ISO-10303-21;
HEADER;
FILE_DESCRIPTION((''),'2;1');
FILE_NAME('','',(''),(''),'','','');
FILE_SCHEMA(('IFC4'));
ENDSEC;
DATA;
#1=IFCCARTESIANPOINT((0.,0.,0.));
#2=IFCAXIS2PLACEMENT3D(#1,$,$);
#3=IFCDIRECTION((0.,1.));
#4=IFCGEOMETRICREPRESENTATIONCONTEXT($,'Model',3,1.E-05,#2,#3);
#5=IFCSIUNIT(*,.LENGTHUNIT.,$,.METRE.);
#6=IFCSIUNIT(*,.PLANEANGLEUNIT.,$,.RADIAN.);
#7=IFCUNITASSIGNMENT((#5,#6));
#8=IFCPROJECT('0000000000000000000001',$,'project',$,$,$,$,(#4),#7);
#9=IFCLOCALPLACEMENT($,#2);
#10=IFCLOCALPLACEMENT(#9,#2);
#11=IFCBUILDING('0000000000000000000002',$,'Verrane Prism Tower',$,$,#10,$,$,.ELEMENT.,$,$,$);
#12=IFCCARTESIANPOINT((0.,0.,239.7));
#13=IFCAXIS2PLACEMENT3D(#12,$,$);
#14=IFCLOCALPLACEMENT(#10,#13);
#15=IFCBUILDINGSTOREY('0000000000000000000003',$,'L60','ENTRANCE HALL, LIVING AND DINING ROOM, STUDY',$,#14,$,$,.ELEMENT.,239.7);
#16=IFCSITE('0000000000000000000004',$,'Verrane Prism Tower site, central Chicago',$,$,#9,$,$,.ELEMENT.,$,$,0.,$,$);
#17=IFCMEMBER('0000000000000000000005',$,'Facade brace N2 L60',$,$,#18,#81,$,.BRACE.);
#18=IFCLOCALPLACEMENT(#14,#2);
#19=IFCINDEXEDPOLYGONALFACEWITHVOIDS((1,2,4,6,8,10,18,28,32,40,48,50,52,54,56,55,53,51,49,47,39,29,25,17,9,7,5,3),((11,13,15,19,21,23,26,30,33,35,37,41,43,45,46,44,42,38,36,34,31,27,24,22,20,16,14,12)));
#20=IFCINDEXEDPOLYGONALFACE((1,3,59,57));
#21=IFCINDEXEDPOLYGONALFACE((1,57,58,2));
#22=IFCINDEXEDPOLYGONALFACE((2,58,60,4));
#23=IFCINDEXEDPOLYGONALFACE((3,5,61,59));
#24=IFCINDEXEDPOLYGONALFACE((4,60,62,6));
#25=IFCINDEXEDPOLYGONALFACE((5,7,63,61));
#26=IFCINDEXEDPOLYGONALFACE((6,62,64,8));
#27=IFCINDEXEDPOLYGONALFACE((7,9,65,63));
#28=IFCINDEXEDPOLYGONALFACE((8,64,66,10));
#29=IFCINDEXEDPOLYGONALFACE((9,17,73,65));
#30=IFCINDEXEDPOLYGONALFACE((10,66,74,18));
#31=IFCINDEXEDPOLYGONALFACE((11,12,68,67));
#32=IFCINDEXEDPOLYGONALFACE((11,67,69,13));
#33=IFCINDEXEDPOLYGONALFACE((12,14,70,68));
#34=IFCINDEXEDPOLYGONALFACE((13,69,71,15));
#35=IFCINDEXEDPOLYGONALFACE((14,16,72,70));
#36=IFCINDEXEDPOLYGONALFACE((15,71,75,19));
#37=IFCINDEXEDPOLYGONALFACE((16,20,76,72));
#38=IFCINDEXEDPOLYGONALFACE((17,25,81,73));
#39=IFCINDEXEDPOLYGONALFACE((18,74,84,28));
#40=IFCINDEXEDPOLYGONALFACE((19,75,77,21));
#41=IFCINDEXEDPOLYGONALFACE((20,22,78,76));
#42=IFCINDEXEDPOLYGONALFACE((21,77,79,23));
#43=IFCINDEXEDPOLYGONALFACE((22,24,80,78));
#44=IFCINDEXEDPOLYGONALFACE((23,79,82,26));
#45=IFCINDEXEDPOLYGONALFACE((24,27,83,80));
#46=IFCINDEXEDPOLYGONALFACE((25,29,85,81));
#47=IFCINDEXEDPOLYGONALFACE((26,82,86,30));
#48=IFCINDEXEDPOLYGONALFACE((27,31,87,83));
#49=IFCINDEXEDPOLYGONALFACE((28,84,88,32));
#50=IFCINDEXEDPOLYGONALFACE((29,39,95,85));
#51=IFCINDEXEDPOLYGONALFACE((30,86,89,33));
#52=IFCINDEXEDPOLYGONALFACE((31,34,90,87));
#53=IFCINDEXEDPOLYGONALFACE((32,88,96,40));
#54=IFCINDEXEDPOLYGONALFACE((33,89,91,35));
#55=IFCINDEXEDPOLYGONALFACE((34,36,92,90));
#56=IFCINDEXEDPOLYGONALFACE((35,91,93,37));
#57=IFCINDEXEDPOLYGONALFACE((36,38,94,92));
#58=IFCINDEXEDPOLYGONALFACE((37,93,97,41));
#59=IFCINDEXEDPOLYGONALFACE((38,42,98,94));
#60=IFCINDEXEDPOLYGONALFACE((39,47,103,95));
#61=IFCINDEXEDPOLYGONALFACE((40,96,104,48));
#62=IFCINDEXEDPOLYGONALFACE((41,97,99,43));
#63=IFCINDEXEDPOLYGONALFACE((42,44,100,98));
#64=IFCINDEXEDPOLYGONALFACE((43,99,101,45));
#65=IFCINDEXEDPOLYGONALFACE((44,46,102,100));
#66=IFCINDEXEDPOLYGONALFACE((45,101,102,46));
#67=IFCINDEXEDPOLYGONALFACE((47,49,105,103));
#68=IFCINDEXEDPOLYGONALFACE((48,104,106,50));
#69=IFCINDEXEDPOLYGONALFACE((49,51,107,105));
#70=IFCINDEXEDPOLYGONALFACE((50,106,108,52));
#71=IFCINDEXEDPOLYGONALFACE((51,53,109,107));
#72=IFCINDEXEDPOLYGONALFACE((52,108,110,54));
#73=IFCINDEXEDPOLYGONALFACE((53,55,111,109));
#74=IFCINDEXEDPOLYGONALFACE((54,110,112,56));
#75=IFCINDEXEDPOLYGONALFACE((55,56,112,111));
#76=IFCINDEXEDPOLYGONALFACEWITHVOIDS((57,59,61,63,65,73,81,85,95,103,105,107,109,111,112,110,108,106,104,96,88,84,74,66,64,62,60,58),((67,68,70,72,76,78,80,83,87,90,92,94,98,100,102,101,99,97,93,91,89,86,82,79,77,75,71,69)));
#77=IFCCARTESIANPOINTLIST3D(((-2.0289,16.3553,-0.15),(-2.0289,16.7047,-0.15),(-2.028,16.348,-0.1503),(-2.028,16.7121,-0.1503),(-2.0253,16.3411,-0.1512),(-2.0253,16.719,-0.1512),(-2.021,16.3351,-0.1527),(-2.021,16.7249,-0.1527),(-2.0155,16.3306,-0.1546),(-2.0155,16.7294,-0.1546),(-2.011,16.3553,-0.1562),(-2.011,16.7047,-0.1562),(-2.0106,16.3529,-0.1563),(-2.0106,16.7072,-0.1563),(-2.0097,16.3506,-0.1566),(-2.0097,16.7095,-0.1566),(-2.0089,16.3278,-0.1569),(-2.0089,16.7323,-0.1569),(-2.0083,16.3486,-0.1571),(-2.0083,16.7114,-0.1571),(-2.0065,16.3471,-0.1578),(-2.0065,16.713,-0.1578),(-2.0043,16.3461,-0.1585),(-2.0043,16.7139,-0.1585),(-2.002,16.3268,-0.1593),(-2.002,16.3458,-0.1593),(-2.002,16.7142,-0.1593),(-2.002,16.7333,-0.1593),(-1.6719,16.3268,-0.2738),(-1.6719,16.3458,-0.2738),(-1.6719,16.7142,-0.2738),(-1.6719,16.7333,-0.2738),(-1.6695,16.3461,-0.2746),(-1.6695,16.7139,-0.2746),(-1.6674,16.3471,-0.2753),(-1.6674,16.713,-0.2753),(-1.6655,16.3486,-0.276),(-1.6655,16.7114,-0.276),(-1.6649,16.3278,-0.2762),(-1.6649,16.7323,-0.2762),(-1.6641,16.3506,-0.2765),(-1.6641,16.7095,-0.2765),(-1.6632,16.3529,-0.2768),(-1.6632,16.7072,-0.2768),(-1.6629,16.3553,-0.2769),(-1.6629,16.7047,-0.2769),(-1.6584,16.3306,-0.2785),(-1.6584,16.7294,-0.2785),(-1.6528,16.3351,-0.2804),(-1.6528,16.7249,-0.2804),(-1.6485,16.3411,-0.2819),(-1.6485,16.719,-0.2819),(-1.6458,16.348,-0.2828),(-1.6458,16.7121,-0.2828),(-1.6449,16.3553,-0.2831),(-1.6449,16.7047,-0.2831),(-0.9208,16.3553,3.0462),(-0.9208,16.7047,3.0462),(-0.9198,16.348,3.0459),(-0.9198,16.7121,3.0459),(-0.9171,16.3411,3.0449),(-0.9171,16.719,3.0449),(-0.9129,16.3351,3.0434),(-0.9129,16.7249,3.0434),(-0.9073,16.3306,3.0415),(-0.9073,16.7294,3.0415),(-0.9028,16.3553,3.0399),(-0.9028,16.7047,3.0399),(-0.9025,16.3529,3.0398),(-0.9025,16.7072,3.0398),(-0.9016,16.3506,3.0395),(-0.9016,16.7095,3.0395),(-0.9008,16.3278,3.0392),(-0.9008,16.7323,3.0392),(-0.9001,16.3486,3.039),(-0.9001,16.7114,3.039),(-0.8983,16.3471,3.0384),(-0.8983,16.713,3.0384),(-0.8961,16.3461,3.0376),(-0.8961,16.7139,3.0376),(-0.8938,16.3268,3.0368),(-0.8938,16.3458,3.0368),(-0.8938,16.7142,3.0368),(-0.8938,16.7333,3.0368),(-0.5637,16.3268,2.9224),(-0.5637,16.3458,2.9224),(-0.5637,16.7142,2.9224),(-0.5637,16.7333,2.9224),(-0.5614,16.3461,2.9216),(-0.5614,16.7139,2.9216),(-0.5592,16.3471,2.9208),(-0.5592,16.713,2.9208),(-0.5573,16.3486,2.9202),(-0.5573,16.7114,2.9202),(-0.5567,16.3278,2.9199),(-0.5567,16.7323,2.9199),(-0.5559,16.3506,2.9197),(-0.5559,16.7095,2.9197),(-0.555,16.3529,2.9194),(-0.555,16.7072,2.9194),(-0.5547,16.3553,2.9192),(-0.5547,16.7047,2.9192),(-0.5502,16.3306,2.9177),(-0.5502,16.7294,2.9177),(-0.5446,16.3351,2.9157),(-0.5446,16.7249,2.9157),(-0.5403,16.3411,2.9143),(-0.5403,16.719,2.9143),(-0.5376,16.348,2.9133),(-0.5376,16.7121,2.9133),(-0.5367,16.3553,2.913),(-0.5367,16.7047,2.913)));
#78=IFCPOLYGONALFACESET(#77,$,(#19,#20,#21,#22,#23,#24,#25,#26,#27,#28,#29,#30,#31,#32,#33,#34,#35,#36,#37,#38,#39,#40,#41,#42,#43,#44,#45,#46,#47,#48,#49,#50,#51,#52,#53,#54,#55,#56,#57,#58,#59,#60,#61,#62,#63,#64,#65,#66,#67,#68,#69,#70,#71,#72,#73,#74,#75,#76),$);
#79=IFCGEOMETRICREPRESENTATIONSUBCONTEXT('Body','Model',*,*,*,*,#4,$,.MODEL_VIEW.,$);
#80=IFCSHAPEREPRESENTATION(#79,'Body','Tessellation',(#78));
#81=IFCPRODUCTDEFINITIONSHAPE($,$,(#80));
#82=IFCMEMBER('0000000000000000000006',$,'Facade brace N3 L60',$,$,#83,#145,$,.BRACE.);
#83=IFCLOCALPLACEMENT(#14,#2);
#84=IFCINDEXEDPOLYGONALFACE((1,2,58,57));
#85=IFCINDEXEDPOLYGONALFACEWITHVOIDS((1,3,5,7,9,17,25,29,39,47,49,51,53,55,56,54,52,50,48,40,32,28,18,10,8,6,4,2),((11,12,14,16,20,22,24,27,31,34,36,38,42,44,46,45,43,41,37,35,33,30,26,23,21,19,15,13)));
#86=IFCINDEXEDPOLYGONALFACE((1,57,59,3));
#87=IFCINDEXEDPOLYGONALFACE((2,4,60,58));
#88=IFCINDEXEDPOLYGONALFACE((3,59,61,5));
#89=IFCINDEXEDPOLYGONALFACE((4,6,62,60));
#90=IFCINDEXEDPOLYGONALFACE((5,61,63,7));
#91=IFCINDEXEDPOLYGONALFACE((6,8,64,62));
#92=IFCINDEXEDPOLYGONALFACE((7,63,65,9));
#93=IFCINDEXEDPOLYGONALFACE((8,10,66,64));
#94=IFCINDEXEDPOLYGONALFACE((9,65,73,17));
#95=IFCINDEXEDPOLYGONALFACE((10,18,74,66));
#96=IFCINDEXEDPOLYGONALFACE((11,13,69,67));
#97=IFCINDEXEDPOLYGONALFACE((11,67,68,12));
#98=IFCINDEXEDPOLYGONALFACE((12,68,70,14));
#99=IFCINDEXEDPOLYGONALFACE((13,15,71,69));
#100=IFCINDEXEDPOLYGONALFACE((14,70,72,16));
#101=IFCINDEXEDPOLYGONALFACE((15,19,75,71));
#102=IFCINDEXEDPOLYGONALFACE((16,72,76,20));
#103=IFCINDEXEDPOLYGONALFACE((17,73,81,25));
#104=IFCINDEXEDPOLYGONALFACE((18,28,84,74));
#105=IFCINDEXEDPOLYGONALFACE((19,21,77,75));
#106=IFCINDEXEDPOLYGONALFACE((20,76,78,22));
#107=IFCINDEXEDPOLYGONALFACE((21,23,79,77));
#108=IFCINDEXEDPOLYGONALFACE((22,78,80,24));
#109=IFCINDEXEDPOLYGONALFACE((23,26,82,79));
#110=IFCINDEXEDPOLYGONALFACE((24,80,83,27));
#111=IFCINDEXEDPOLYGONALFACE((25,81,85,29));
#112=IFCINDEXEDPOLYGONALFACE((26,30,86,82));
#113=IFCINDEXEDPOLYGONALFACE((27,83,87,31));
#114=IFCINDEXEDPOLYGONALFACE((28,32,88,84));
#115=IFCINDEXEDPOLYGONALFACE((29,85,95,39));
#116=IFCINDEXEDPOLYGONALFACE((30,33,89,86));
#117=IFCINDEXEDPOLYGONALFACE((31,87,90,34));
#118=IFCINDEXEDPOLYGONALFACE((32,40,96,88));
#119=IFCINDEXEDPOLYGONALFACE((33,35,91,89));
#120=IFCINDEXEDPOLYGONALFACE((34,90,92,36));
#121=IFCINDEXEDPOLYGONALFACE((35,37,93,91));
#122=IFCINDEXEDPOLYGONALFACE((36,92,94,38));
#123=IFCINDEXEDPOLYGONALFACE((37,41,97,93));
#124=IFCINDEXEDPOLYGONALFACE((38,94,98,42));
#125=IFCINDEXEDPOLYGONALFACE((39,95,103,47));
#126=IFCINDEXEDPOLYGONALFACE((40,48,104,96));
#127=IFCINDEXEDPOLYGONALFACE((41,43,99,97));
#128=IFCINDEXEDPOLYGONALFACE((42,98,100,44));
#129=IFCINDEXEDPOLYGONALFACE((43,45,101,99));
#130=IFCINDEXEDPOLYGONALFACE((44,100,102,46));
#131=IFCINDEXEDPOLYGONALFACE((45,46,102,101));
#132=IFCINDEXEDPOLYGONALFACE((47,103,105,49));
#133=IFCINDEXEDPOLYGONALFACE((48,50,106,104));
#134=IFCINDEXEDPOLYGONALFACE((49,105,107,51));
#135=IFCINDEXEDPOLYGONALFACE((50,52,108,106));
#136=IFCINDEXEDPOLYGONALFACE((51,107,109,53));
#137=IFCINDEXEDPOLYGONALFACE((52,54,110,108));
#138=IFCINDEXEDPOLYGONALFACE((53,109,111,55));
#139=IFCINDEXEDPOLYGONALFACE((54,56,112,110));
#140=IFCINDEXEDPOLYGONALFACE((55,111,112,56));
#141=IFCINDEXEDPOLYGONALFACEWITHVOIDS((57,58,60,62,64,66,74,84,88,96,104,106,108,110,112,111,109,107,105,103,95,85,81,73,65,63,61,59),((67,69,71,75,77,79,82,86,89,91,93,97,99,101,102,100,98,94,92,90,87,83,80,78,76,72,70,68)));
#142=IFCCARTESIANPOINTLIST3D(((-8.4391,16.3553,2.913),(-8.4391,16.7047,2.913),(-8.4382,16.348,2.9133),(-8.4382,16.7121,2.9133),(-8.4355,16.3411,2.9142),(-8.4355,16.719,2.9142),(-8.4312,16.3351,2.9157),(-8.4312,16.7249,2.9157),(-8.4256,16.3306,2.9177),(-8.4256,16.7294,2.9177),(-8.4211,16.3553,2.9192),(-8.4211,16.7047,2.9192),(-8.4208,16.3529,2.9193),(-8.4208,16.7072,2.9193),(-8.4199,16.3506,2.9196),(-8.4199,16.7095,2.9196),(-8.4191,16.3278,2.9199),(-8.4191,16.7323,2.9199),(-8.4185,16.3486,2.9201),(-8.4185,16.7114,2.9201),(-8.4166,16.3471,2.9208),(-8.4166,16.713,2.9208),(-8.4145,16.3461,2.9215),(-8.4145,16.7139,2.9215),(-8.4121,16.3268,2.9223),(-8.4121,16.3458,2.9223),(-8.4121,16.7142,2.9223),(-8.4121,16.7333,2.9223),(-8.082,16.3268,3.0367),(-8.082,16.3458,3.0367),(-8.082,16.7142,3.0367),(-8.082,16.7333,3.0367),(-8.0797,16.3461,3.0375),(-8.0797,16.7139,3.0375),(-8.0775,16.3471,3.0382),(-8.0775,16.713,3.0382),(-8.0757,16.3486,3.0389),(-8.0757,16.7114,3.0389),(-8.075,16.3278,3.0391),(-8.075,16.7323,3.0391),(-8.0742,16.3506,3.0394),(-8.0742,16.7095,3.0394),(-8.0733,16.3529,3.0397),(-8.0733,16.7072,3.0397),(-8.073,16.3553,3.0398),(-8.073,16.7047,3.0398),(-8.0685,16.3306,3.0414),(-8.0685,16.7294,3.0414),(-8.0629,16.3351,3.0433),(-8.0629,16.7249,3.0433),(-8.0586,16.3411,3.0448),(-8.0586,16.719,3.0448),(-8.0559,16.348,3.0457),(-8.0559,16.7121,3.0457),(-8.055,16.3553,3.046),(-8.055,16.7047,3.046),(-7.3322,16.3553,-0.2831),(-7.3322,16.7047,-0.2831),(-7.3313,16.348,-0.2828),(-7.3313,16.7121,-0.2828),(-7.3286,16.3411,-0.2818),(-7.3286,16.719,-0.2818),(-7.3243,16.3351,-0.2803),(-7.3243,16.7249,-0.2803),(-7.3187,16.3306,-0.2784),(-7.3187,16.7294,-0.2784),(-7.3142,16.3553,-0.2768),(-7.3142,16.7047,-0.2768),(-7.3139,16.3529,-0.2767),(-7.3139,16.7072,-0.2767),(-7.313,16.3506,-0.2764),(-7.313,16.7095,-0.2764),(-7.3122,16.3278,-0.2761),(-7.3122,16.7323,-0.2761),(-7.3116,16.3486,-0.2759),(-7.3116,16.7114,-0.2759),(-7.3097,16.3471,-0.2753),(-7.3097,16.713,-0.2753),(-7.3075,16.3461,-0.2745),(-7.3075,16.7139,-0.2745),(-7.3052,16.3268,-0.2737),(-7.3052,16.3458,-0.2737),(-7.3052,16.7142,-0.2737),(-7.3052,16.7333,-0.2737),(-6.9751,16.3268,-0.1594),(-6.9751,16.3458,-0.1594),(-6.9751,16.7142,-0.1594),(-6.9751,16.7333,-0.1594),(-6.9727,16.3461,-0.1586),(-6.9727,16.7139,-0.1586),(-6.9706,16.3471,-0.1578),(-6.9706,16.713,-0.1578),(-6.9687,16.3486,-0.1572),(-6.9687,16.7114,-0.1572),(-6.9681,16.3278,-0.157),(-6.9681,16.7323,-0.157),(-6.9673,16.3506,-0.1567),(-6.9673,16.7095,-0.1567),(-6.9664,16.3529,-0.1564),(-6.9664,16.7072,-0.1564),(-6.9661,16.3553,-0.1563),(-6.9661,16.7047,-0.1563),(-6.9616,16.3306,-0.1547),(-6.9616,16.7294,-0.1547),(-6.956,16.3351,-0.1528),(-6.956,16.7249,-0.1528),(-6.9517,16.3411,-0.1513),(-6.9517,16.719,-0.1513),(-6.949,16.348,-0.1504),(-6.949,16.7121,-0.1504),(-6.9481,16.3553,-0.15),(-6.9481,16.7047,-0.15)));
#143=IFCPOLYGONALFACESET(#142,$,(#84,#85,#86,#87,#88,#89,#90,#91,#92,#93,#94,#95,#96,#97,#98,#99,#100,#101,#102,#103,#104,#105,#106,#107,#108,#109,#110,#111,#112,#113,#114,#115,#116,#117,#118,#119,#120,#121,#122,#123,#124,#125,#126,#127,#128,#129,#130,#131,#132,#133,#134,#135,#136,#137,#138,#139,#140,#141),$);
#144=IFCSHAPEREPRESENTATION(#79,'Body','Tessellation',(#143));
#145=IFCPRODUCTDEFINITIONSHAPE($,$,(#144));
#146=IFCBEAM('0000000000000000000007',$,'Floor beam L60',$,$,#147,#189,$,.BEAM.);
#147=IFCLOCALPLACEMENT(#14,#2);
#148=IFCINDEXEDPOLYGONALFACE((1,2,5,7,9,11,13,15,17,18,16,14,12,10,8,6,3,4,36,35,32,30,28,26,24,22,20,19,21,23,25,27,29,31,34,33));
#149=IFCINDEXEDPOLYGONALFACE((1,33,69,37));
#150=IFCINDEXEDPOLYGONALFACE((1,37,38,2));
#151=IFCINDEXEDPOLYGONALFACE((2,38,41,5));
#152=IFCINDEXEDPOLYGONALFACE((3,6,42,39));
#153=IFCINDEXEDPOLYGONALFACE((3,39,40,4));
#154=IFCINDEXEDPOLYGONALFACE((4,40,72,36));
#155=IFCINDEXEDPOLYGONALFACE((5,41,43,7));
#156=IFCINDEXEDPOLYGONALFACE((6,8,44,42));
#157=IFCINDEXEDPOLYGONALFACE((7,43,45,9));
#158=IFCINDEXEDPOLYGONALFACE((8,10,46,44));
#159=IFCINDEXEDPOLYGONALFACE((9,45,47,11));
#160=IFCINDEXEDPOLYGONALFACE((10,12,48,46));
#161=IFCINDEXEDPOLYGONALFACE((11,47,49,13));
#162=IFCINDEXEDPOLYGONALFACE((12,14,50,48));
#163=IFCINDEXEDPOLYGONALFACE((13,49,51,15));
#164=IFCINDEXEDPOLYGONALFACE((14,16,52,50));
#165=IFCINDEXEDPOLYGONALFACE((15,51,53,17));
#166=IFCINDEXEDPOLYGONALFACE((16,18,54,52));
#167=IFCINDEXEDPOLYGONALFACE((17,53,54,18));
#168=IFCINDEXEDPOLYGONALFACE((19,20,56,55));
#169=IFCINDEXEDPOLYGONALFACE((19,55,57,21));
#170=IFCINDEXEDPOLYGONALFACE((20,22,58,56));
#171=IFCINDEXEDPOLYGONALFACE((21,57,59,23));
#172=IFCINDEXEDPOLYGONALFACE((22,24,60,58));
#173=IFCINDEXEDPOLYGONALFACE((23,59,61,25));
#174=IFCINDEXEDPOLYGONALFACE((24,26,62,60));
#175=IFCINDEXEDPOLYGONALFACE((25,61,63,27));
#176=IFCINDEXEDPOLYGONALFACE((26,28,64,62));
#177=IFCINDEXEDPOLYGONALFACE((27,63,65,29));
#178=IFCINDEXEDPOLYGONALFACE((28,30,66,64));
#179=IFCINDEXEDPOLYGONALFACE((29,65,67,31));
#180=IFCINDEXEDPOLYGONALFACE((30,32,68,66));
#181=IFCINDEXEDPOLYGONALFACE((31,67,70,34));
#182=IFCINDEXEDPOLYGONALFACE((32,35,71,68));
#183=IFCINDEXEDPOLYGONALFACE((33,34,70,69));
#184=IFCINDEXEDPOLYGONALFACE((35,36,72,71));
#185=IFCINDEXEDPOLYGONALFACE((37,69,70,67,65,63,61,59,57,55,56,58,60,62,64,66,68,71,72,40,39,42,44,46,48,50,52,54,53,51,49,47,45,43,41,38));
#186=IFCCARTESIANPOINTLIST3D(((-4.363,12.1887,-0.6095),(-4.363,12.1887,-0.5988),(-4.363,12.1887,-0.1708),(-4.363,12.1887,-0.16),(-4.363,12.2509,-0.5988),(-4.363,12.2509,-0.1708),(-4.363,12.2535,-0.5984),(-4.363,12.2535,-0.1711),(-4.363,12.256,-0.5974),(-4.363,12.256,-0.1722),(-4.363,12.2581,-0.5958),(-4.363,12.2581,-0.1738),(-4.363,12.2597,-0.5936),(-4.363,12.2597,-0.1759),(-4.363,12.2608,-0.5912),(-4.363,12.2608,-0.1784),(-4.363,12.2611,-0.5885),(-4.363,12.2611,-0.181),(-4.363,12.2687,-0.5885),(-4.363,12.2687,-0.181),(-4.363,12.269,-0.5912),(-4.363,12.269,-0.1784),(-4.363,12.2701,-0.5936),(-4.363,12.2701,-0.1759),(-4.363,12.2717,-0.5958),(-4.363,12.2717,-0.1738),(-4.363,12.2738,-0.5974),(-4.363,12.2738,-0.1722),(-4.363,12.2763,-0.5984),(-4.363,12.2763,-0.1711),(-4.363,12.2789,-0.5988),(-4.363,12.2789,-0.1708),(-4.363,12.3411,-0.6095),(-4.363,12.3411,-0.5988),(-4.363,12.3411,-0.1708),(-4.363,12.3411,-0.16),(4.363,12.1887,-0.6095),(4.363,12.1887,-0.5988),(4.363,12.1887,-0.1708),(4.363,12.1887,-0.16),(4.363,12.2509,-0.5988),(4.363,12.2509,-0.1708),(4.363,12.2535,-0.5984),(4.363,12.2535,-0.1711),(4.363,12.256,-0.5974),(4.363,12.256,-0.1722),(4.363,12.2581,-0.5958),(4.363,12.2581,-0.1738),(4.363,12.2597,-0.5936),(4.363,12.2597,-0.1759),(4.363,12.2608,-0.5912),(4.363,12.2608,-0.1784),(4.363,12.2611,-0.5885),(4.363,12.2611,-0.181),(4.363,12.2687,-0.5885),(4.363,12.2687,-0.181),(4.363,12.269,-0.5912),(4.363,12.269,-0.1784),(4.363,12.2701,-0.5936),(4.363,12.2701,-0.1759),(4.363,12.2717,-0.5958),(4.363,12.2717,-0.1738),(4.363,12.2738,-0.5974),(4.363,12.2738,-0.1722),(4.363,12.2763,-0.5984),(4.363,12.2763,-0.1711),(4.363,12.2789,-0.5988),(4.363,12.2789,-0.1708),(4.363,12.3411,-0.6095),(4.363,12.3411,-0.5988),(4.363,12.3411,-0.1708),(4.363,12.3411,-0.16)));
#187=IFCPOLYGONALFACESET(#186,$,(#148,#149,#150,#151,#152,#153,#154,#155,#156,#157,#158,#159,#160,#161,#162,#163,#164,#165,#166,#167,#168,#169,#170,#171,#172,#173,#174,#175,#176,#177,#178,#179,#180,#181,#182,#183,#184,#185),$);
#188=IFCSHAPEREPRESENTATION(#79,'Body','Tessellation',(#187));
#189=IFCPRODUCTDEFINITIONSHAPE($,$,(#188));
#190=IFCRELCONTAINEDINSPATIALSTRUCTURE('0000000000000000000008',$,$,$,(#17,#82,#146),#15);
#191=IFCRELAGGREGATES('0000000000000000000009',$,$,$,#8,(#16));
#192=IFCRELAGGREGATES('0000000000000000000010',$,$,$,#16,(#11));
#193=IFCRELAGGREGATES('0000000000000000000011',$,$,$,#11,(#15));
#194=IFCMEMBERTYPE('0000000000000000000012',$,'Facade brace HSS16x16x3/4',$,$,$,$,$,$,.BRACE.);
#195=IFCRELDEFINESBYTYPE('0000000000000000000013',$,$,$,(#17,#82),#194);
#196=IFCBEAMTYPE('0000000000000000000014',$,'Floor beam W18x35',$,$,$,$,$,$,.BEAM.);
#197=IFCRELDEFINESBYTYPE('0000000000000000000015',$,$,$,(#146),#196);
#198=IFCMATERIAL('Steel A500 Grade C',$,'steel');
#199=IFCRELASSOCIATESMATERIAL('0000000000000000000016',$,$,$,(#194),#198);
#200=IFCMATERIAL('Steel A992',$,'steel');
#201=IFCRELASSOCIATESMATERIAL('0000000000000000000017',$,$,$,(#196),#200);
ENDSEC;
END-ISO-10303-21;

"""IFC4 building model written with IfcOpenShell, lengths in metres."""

from ifc_helpers import new_model, si_unit, direction, frame, origin, origin_2d, place, context, subcontext, project, spatial, hollow_rectangle, i_section, extrude, material, material_profile, profile_set, type_object, element, save


model = new_model("IFC4")

# Units and contexts
model_context = context("Model", 3, precision=1e-05, world=origin(), true_north=direction((0.0, 1.0)))
body_context = subcontext(model_context, "Body", "Model", "MODEL_VIEW")
ifc_project = project(units=[si_unit("LENGTHUNIT", "METRE"), si_unit("PLANEANGLEUNIT", "RADIAN")], contexts=[model_context])

# Site, building, storey
site_placement = place(None, origin())
site = spatial("IfcSite", under=ifc_project, at=site_placement, Name="Verrane Prism Tower site, central Chicago", CompositionType="ELEMENT", RefElevation=0.0)
building_placement = place(site_placement, origin())
building = spatial("IfcBuilding", under=site, at=building_placement, Name="Verrane Prism Tower", CompositionType="ELEMENT")
storey_placement = place(building_placement, frame((0.0, 0.0, 239.7)))
storey = spatial("IfcBuildingStorey", under=building, at=storey_placement, Name="L60", Description="ENTRANCE HALL, LIVING AND DINING ROOM, STUDY", CompositionType="ELEMENT", Elevation=239.7)

# Members
ifc_material_1 = material(Name="Steel A500 Grade C", Category="steel")
ifc_material_profile_1 = material_profile(ifc_material_1, hollow_rectangle(XDim=0.4065, YDim=0.4065, WallThickness=0.019, InnerFilletRadius=0.0095, OuterFilletRadius=0.0286, at=origin_2d()), Name="HSS16x16x3/4")
ifc_profile_set_1 = profile_set([ifc_material_profile_1], Name="Steel A500 Grade C")
member_type_1 = type_object("IfcMemberType", Name="Facade brace HSS16x16x3/4", PredefinedType="BRACE", material=ifc_profile_set_1)
member_1_placement = place(storey_placement, frame((-1.8369, 16.53, -0.2166), z_axis=(0.327594, 0.0, 0.944819), x_axis=(0.0, 1.0, 0.0)))
element("IfcMember", 1, at=member_1_placement, inside=storey, type_object=member_type_1, Name="Facade brace N2 L60", PredefinedType="BRACE", context=body_context, shape_type="SweptSolid", body=[
    extrude(hollow_rectangle(XDim=0.4065, YDim=0.4065, WallThickness=0.019, InnerFilletRadius=0.0095, OuterFilletRadius=0.0286, at=origin_2d()), origin(), (0.0, 0.0, 1.0), 3.3828),
])
member_2_placement = place(storey_placement, frame((-7.1401, 16.53, -0.2166), z_axis=(-0.327272, 0.0, 0.94493), x_axis=(0.0, -1.0, 0.0)))
element("IfcMember", 2, at=member_2_placement, inside=storey, type_object=member_type_1, Name="Facade brace N3 L60", PredefinedType="BRACE", context=body_context, shape_type="SweptSolid", body=[
    extrude(hollow_rectangle(XDim=0.4065, YDim=0.4065, WallThickness=0.019, InnerFilletRadius=0.0095, OuterFilletRadius=0.0286, at=origin_2d()), origin(), (0.0, 0.0, 1.0), 3.3823),
])

# Beam
ifc_material_2 = material(Name="Steel A992", Category="steel")
ifc_material_profile_2 = material_profile(ifc_material_2, i_section(OverallWidth=0.1523, OverallDepth=0.4495, WebThickness=0.0076, FlangeThickness=0.0107, FilletRadius=0.0103, at=origin_2d()), Name="W18x35")
ifc_profile_set_2 = profile_set([ifc_material_profile_2], Name="Steel A992")
beam_type_1 = type_object("IfcBeamType", Name="Floor beam W18x35", PredefinedType="BEAM", material=ifc_profile_set_2)
beam_1_placement = place(storey_placement, frame((-4.363, 12.2649, -0.3848), z_axis=(1.0, 0.0, 0.0), x_axis=(0.0, 1.0, 0.0)))
element("IfcBeam", 3, at=beam_1_placement, inside=storey, type_object=beam_type_1, Name="Floor beam L60", PredefinedType="BEAM", context=body_context, shape_type="SweptSolid", body=[
    extrude(i_section(OverallWidth=0.1523, OverallDepth=0.4495, WebThickness=0.0076, FlangeThickness=0.0107, FilletRadius=0.0103, at=origin_2d()), origin(), (0.0, 0.0, 1.0), 8.7261),
])

save(model, "model.ifc")
